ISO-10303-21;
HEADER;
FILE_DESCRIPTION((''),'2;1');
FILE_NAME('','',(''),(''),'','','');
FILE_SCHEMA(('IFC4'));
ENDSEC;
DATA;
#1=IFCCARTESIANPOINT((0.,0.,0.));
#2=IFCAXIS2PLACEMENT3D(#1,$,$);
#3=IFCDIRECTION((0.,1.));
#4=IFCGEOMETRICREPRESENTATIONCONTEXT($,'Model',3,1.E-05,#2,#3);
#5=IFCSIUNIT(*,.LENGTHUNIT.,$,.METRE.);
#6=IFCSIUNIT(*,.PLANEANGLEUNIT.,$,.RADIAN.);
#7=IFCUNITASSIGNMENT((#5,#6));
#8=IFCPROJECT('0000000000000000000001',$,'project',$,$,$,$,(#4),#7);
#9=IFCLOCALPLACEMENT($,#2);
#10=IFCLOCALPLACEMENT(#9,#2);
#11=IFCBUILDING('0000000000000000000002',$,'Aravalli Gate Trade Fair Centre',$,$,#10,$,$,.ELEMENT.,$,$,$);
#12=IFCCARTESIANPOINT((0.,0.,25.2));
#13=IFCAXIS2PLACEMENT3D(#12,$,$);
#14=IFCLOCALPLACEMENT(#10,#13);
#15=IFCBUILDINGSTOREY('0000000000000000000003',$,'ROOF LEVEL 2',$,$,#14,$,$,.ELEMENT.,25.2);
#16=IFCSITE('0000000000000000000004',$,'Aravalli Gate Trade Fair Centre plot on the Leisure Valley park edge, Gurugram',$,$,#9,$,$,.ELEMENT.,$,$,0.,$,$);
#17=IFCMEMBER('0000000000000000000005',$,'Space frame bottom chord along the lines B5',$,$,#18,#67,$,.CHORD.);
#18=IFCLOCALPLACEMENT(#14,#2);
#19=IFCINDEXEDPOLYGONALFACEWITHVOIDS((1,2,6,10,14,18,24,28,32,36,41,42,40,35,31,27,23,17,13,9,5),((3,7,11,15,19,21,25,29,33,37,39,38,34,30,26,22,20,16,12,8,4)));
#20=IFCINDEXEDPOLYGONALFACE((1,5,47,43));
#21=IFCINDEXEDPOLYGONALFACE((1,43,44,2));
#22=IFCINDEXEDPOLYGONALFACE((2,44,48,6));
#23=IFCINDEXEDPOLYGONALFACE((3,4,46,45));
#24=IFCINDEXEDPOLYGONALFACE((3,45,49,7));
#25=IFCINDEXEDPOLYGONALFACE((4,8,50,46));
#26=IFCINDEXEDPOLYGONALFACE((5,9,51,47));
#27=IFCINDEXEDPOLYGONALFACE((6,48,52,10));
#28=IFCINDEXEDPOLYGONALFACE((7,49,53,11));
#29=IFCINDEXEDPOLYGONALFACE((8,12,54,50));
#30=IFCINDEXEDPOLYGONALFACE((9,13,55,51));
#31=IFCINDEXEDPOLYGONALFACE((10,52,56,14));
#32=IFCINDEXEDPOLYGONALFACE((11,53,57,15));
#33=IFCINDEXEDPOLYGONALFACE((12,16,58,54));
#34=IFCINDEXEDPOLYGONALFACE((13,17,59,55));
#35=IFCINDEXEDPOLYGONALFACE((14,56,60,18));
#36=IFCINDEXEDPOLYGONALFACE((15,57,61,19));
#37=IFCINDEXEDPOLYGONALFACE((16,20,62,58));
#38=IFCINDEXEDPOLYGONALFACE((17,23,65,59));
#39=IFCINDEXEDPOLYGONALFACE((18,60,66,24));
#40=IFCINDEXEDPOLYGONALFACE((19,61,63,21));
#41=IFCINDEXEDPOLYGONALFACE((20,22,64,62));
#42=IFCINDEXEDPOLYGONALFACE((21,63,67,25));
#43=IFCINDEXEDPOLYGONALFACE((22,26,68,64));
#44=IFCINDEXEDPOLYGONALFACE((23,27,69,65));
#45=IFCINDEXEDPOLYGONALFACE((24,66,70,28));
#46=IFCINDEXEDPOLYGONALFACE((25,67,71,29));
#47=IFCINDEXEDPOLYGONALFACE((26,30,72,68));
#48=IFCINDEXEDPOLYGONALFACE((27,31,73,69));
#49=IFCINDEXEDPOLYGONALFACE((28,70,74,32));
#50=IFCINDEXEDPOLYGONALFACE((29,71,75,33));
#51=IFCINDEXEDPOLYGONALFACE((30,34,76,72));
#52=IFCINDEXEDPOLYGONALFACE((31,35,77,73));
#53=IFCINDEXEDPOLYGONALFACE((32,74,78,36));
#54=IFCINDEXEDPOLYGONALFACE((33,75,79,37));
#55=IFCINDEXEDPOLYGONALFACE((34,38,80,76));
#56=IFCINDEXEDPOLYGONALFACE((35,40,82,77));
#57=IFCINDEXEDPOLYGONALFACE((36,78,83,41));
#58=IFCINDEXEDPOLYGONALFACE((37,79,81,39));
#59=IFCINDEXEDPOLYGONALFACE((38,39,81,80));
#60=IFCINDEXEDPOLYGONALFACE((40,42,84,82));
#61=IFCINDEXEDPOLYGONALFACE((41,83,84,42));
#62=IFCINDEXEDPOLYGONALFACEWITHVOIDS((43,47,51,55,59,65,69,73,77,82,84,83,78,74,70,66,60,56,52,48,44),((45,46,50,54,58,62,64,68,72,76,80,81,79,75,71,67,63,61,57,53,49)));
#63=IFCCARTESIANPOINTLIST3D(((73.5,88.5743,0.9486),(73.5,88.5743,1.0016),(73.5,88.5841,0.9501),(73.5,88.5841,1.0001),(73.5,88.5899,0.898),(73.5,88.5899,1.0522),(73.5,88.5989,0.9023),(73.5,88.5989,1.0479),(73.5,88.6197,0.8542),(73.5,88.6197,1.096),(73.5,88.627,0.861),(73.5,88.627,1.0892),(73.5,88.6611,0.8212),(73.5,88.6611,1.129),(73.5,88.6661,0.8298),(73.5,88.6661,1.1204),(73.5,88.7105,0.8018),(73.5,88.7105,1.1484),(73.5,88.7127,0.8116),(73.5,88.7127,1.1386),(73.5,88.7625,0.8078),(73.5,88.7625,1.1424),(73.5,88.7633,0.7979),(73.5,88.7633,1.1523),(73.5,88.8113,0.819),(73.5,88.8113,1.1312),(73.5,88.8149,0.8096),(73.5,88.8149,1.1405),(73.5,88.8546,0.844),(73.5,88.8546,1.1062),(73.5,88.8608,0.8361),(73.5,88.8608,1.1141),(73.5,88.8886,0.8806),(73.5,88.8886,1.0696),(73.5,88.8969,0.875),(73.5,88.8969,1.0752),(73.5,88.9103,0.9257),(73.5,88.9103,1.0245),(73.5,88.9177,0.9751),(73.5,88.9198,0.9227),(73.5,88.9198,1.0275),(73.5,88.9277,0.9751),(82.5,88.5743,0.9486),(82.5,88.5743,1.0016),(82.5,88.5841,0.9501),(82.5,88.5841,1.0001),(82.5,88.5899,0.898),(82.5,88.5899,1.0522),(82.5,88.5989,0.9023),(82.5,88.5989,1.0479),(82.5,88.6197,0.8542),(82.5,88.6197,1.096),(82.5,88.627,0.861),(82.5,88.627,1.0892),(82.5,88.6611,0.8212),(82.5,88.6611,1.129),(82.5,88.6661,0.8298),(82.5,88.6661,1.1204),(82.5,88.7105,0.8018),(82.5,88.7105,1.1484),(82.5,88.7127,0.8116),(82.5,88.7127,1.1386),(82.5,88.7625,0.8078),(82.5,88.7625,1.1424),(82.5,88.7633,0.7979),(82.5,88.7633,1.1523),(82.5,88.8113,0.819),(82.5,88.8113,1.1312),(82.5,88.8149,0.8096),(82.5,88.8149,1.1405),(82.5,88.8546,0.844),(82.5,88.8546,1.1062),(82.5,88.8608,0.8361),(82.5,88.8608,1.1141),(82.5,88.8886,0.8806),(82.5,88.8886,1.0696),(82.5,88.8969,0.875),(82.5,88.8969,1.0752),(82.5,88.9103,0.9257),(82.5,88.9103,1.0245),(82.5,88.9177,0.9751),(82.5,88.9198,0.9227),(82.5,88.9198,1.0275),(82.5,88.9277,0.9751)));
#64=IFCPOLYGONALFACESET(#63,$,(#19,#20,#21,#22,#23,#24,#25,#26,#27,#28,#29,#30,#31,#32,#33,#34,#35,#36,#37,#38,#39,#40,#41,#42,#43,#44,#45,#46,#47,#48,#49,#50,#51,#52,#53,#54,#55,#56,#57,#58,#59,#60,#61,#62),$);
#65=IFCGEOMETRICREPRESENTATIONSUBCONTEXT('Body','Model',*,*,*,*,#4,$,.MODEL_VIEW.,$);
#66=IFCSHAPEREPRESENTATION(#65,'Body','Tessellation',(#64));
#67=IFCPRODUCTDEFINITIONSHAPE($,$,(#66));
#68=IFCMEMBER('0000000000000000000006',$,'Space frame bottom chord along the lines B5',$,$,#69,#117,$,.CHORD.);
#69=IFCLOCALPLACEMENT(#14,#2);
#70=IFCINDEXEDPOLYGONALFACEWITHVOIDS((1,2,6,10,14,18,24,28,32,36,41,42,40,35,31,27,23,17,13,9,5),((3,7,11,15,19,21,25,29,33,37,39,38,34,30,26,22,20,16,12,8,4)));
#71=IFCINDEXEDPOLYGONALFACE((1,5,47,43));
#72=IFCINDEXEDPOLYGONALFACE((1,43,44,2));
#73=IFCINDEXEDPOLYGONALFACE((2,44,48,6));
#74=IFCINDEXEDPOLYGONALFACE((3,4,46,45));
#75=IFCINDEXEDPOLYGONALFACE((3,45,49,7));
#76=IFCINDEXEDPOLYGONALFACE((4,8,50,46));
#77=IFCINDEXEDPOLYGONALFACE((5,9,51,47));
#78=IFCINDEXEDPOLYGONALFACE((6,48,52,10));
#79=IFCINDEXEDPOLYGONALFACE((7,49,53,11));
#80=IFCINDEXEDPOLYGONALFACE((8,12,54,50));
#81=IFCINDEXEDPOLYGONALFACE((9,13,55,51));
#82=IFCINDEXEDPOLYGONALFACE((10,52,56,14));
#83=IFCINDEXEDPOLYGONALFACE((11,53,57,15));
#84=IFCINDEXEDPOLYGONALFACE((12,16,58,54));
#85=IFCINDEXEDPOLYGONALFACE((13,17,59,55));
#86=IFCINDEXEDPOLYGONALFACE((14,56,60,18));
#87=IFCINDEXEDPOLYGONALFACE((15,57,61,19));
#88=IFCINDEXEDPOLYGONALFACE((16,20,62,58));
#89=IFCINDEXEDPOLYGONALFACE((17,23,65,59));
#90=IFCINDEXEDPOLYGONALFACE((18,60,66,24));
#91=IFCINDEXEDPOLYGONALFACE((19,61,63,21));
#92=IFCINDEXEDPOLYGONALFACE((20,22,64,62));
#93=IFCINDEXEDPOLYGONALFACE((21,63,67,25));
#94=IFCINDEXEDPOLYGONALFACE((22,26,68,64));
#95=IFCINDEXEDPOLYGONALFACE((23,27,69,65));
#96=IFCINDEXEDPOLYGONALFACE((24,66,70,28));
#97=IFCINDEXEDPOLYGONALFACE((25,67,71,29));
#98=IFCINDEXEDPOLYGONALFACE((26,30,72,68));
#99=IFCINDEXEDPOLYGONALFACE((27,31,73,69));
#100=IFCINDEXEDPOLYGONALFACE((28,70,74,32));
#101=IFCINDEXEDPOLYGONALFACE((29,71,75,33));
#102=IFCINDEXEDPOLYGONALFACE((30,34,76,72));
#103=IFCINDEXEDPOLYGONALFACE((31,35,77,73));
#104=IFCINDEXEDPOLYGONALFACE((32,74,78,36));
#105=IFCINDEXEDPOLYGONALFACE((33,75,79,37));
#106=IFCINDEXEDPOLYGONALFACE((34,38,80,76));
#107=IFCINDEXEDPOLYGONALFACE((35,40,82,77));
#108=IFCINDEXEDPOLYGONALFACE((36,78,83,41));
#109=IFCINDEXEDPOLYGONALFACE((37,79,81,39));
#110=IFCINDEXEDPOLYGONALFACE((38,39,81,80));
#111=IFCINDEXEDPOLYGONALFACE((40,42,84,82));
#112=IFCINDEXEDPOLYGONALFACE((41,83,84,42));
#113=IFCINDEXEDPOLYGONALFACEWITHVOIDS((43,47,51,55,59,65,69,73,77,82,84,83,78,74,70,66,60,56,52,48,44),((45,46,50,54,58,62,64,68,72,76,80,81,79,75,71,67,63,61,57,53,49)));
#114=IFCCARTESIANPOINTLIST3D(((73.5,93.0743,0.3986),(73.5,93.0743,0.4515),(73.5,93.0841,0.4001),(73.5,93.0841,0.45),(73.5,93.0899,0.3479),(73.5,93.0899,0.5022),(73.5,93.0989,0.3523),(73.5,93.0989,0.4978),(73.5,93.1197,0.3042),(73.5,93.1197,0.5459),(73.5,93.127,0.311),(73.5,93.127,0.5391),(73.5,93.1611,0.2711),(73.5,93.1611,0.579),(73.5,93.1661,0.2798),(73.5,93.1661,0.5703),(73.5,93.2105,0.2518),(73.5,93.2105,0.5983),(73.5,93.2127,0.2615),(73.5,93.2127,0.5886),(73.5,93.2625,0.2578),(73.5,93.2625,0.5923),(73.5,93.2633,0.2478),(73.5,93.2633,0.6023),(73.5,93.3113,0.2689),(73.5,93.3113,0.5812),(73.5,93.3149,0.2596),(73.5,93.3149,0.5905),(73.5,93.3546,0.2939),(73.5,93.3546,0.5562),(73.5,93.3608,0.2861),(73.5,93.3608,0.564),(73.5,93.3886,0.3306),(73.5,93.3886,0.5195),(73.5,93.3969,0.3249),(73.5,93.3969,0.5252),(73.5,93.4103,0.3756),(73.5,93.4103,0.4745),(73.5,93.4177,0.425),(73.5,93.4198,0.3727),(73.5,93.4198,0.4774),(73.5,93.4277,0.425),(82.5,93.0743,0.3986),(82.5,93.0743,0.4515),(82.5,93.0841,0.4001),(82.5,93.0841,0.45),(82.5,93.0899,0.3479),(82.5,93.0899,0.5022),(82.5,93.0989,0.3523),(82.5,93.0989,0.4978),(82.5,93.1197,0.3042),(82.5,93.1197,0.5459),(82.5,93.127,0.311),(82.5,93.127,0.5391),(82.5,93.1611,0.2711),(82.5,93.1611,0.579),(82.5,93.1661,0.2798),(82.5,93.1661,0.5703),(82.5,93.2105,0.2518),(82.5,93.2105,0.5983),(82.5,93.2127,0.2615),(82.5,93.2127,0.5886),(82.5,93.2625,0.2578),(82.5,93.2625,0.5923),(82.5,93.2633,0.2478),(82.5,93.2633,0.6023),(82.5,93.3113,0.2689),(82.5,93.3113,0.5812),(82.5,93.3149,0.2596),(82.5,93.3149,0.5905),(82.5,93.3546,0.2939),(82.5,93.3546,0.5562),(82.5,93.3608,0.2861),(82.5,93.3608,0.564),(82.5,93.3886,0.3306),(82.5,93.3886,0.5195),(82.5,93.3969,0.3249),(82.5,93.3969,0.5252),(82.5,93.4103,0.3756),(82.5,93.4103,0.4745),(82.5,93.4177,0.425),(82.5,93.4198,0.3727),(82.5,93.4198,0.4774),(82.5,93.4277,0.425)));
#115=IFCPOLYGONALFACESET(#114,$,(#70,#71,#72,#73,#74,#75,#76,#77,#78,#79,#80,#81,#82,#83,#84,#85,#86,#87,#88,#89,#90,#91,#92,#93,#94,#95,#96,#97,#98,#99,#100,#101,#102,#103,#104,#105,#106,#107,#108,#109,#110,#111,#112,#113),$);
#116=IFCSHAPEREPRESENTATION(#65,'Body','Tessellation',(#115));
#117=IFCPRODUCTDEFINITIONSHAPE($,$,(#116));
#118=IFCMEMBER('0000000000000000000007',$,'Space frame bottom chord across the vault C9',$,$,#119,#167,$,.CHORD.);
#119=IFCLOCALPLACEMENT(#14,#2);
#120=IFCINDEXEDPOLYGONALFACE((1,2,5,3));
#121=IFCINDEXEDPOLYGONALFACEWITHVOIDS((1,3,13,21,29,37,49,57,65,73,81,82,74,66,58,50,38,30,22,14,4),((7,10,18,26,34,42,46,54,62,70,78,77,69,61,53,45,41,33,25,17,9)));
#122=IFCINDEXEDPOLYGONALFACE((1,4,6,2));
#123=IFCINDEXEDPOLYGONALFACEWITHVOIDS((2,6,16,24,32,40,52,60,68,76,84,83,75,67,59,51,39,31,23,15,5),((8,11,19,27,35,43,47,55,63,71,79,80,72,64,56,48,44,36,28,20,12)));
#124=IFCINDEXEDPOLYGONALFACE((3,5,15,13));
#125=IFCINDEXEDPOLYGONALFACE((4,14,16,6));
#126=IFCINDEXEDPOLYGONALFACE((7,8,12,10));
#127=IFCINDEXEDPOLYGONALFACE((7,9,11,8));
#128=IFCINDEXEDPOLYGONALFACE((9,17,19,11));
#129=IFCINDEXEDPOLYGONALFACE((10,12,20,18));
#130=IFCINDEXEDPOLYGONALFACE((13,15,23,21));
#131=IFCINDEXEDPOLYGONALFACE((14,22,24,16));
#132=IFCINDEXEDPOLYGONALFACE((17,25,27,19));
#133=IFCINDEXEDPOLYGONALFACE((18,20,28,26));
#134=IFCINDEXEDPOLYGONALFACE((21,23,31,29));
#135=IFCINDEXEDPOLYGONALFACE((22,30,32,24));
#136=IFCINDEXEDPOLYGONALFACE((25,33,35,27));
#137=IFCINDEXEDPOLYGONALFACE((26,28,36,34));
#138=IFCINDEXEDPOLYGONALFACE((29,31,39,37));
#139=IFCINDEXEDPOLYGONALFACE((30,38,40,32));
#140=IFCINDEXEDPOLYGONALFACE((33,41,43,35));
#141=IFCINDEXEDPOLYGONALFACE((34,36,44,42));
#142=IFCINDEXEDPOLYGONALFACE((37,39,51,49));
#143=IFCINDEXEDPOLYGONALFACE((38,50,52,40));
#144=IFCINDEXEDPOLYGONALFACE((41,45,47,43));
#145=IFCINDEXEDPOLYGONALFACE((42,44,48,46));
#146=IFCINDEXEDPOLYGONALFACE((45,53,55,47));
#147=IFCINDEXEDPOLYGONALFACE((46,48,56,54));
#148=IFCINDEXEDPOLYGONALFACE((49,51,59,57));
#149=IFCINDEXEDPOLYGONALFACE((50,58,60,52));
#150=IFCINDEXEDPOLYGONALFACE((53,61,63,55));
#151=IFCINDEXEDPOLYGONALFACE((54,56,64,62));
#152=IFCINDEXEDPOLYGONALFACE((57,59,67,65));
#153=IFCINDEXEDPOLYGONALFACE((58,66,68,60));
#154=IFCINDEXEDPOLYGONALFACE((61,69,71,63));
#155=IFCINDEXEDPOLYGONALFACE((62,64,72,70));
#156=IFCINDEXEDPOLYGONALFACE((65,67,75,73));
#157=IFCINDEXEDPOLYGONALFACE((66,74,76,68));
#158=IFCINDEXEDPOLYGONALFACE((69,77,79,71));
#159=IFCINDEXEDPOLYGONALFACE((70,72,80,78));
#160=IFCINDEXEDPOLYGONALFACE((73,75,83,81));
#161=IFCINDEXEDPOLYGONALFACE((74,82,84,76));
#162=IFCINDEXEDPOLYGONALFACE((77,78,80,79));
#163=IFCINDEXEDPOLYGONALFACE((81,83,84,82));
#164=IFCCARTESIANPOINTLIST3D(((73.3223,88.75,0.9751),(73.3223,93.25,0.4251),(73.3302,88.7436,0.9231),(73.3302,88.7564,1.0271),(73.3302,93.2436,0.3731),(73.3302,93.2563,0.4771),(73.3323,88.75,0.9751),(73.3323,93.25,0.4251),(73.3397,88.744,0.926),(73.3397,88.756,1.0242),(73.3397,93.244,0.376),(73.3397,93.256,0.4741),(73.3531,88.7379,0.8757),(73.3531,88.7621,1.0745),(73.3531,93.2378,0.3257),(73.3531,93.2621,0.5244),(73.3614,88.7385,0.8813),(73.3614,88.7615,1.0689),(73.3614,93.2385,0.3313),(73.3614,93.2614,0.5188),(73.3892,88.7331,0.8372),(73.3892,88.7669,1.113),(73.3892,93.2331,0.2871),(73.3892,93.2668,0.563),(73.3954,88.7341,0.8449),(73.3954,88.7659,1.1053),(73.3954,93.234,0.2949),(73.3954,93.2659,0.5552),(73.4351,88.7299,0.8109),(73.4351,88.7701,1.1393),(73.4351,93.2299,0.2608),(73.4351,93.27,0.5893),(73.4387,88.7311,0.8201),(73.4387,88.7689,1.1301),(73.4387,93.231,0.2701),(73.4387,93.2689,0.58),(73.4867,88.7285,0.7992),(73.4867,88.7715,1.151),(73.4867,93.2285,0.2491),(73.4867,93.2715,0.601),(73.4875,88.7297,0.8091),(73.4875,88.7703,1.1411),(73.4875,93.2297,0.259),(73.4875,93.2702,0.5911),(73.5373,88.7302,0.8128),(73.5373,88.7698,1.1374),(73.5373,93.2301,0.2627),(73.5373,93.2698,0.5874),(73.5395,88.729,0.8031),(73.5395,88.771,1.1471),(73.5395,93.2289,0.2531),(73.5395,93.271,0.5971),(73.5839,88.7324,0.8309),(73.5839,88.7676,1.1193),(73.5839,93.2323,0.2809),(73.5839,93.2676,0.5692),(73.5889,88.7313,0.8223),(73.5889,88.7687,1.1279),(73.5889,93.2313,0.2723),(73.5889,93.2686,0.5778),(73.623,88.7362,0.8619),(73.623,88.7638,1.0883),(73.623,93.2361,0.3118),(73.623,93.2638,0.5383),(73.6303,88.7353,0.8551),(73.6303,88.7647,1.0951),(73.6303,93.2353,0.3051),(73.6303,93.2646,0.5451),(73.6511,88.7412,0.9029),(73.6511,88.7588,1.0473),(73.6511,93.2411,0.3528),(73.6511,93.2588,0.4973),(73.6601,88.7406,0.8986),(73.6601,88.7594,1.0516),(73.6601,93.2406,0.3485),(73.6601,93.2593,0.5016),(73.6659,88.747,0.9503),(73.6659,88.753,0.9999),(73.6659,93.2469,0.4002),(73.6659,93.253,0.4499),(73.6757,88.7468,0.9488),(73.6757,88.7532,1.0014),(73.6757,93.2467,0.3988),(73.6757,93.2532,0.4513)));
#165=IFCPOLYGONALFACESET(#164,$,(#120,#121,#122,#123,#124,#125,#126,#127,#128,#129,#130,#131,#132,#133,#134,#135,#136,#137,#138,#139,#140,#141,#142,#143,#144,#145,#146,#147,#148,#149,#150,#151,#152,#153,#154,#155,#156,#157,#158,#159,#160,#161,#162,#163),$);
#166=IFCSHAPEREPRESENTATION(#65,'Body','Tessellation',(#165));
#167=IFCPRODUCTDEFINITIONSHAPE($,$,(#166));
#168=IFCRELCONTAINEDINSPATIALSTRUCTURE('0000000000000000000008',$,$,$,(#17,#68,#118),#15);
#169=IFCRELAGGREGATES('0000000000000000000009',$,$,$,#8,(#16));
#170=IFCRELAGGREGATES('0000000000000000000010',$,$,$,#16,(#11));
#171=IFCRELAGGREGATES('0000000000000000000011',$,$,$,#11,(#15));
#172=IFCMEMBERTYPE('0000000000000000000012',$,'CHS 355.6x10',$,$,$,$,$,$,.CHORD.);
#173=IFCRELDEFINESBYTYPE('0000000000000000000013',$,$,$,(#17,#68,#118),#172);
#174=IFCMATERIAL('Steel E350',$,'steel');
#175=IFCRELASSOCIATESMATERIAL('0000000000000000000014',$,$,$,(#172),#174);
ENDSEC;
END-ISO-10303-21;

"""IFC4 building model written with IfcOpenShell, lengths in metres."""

from ifc_helpers import new_model, si_unit, direction, frame, origin, origin_2d, place, context, subcontext, project, spatial, hollow_circle, extrude, material, material_profile, profile_set, type_object, element, save


model = new_model("IFC4")

# Units and contexts
model_context = context("Model", 3, precision=1e-05, world=origin(), true_north=direction((0.0, 1.0)))
body_context = subcontext(model_context, "Body", "Model", "MODEL_VIEW")
ifc_project = project(units=[si_unit("LENGTHUNIT", "METRE"), si_unit("PLANEANGLEUNIT", "RADIAN")], contexts=[model_context])

# Site, building, storey
site_placement = place(None, origin())
site = spatial("IfcSite", under=ifc_project, at=site_placement, Name="Aravalli Gate Trade Fair Centre plot on the Leisure Valley park edge, Gurugram", CompositionType="ELEMENT", RefElevation=0.0)
building_placement = place(site_placement, origin())
building = spatial("IfcBuilding", under=site, at=building_placement, Name="Aravalli Gate Trade Fair Centre", CompositionType="ELEMENT")
storey_placement = place(building_placement, frame((0.0, 0.0, 25.2)))
storey = spatial("IfcBuildingStorey", under=building, at=storey_placement, Name="ROOF LEVEL 2", CompositionType="ELEMENT", Elevation=25.2)

# Members
ifc_material_1 = material(Name="Steel E350", Category="steel")
ifc_material_profile_1 = material_profile(ifc_material_1, hollow_circle(Radius=0.1777, WallThickness=0.01, at=origin_2d()), Name="CHS 355.6x10")
ifc_profile_set_1 = profile_set([ifc_material_profile_1], Name="Steel E350")
member_type_1 = type_object("IfcMemberType", Name="CHS 355.6x10", PredefinedType="CHORD", material=ifc_profile_set_1)
for number, where, z_axis, x_axis, name in (
    (1, (73.5, 88.75, 0.9751), (1.0, 0.0, 0.0), (0.0, 1.0, 0.0), "Space frame bottom chord along the lines B5"),
    (2, (73.5, 93.25, 0.425), (1.0, 0.0, 0.0), (0.0, 1.0, 0.0), "Space frame bottom chord along the lines B5"),
):
    element("IfcMember", number, at=place(storey_placement, frame(where, z_axis=z_axis, x_axis=x_axis)), inside=storey, type_object=member_type_1, Name=name, PredefinedType="CHORD", context=body_context, shape_type="SweptSolid", body=[
        extrude(hollow_circle(Radius=0.1777, WallThickness=0.01, at=origin_2d()), origin(), (0.0, 0.0, 1.0), 9.0),
    ])
member_1_placement = place(storey_placement, frame((73.5, 88.75, 0.9751), z_axis=(0.0, 0.992612, -0.12133), x_axis=(-1.0, 0.0, 0.0)))
element("IfcMember", 3, at=member_1_placement, inside=storey, type_object=member_type_1, Name="Space frame bottom chord across the vault C9", PredefinedType="CHORD", context=body_context, shape_type="SweptSolid", body=[
    extrude(hollow_circle(Radius=0.1777, WallThickness=0.01, at=origin_2d()), origin(), (0.0, 0.0, 1.0), 4.5334),
])

save(model, "model.ifc")
